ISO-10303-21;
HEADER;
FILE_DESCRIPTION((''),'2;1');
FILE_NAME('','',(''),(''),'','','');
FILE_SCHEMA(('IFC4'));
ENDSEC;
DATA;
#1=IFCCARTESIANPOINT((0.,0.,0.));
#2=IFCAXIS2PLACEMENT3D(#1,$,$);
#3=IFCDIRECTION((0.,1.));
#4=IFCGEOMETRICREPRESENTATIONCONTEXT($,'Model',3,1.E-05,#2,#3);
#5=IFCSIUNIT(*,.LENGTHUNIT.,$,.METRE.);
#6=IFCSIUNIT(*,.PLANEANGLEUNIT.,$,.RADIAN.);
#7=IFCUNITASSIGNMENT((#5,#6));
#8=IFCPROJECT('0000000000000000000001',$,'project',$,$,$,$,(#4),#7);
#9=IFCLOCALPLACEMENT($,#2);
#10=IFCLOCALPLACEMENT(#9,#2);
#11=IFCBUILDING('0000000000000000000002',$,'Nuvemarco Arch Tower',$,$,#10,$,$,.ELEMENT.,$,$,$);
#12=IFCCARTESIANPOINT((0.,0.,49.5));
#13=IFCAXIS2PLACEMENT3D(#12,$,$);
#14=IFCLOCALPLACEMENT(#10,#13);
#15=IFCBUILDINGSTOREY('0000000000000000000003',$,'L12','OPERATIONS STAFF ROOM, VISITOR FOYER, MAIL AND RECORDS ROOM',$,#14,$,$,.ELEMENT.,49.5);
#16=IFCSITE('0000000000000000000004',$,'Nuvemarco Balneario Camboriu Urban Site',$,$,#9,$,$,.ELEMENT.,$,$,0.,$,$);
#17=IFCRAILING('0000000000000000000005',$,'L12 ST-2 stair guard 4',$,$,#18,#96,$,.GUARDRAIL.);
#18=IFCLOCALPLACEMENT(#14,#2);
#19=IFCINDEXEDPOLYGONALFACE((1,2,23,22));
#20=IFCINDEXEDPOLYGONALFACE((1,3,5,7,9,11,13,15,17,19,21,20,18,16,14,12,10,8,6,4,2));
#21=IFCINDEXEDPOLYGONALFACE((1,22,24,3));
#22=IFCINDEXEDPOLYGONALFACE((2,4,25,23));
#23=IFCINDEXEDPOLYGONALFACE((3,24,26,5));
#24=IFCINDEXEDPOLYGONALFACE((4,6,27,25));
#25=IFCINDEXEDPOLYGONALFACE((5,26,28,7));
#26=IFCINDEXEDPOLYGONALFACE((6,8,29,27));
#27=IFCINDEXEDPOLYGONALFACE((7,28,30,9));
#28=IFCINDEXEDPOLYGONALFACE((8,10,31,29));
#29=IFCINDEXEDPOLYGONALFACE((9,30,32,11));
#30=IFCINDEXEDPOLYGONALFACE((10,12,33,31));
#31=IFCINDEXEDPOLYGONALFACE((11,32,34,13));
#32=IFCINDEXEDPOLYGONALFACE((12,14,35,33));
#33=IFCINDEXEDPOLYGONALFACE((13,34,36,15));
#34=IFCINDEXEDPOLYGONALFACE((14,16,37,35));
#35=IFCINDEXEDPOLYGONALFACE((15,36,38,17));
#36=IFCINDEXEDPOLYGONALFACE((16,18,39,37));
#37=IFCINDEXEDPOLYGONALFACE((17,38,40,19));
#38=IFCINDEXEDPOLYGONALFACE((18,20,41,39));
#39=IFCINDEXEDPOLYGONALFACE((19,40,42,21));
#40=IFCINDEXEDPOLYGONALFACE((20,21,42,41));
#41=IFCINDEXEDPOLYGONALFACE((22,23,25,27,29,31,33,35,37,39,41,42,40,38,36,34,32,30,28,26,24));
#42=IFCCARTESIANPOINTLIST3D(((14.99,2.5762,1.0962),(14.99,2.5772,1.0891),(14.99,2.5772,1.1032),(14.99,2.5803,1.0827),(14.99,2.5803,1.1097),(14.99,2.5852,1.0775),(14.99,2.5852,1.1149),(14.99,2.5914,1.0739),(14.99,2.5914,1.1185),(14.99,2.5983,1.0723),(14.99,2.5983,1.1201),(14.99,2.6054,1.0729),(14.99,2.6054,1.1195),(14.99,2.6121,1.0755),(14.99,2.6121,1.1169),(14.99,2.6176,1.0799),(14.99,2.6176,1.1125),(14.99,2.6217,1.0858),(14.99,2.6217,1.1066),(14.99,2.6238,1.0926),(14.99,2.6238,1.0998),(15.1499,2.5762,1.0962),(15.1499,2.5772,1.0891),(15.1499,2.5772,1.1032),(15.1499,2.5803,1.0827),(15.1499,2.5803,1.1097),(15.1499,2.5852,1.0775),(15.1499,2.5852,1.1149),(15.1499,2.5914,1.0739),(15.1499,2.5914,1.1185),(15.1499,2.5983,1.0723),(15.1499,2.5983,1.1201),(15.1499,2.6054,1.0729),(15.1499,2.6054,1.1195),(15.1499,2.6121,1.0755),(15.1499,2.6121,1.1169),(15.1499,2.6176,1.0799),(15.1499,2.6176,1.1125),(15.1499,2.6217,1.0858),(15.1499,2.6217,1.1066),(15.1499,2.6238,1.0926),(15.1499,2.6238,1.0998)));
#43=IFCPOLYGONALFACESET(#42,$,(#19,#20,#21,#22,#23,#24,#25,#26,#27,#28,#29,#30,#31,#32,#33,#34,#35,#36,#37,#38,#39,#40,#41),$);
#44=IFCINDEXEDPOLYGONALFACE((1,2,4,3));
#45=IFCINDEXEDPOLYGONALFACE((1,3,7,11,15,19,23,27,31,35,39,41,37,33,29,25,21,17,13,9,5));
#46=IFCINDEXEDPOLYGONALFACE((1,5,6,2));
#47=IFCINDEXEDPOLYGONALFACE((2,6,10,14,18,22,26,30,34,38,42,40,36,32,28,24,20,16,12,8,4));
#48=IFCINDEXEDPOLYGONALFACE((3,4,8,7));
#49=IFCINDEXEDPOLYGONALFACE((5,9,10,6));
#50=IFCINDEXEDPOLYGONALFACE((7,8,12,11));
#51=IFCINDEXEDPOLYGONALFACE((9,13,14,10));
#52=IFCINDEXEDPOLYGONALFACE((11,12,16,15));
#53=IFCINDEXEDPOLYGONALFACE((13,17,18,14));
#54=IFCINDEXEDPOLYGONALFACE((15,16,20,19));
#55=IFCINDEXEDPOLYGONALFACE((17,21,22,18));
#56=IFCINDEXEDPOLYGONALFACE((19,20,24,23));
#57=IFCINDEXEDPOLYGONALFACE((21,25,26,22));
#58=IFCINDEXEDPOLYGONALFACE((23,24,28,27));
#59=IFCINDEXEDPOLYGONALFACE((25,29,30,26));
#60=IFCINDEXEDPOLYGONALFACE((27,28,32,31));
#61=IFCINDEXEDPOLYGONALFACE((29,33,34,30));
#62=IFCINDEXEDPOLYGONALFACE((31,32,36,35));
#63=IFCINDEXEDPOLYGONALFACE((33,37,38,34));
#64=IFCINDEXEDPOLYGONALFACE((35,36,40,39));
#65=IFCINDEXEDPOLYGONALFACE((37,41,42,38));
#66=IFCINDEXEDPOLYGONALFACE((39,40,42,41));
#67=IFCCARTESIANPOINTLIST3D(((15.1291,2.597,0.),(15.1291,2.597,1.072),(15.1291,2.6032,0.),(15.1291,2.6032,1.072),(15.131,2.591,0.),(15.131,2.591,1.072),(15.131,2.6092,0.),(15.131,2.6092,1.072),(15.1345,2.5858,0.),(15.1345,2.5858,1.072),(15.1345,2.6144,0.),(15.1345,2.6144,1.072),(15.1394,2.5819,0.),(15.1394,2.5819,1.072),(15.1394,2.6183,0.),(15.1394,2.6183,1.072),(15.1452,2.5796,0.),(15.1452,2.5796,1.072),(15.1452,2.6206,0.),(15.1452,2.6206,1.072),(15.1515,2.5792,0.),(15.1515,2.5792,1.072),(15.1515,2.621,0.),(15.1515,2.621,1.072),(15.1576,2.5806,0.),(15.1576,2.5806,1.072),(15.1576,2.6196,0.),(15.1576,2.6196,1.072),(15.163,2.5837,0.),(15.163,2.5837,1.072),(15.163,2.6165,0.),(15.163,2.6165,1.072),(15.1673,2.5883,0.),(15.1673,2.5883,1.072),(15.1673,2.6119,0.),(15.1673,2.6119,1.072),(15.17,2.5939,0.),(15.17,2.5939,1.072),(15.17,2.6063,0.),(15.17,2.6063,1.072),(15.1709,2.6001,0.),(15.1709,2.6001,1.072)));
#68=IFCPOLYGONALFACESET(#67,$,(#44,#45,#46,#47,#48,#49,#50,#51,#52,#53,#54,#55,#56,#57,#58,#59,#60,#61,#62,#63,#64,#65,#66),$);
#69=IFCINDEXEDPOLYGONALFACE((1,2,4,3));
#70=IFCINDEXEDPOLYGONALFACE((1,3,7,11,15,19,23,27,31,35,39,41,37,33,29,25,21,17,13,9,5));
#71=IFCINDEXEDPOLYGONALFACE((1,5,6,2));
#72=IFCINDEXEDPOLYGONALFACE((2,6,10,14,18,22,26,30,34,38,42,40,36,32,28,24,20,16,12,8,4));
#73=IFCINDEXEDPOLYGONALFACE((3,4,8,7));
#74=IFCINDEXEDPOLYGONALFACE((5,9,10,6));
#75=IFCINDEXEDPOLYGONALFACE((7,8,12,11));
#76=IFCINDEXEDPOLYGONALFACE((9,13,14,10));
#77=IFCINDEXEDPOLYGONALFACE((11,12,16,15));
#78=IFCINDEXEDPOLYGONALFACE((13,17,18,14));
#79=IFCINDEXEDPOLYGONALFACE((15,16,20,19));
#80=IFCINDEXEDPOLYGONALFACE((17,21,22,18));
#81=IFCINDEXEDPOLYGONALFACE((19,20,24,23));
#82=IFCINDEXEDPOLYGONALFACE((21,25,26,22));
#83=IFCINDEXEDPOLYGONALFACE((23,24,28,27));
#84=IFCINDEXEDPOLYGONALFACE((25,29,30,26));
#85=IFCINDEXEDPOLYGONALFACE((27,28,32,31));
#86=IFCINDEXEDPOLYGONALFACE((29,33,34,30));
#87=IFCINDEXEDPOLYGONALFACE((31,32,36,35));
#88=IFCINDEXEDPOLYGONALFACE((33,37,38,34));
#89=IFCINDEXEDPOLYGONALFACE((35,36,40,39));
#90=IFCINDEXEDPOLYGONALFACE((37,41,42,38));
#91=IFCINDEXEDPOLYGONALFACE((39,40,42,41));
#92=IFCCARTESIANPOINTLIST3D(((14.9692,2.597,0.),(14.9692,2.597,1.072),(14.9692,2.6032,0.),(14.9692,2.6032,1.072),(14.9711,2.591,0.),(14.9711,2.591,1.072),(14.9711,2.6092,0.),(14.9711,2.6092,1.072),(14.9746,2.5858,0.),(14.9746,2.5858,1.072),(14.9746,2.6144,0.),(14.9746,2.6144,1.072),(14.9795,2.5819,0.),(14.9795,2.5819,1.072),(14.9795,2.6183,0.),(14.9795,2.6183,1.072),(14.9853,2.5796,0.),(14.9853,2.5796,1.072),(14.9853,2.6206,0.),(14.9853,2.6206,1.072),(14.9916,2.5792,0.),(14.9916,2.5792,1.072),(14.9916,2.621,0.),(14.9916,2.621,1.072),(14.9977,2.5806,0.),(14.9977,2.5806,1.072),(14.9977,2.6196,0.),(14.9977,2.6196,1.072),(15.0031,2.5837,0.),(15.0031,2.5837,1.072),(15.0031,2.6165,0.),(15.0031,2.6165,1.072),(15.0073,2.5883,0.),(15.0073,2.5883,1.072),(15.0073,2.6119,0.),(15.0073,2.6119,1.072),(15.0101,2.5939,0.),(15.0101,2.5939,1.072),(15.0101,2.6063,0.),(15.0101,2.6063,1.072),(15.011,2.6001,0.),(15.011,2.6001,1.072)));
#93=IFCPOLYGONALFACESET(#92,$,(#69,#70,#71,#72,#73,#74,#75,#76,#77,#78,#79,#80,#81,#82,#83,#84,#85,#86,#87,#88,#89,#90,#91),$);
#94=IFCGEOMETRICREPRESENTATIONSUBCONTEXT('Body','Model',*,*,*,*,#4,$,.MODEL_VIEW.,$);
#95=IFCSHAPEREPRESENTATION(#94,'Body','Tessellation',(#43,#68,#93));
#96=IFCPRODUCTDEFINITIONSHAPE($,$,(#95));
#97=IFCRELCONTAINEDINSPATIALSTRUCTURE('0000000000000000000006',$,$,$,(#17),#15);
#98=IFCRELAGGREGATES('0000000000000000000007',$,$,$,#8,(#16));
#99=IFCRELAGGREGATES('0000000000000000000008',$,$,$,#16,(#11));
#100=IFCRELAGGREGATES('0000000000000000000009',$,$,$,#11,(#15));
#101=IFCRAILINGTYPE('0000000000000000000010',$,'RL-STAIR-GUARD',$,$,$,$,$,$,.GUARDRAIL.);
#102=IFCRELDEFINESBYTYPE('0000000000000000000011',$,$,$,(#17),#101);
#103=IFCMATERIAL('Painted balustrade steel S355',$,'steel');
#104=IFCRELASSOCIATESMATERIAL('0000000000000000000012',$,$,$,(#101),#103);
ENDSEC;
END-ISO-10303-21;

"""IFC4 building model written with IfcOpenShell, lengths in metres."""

from ifc_helpers import new_model, si_unit, direction, frame, origin, origin_2d, place, context, subcontext, project, spatial, circle, extrude, material, type_object, element, save


model = new_model("IFC4")

# Units and contexts
model_context = context("Model", 3, precision=1e-05, world=origin(), true_north=direction((0.0, 1.0)))
body_context = subcontext(model_context, "Body", "Model", "MODEL_VIEW")
ifc_project = project(units=[si_unit("LENGTHUNIT", "METRE"), si_unit("PLANEANGLEUNIT", "RADIAN")], contexts=[model_context])

# Site, building, storey
site_placement = place(None, origin())
site = spatial("IfcSite", under=ifc_project, at=site_placement, Name="Nuvemarco Balneario Camboriu Urban Site", CompositionType="ELEMENT", RefElevation=0.0)
building_placement = place(site_placement, origin())
building = spatial("IfcBuilding", under=site, at=building_placement, Name="Nuvemarco Arch Tower", CompositionType="ELEMENT")
storey_placement = place(building_placement, frame((0.0, 0.0, 49.5)))
storey = spatial("IfcBuildingStorey", under=building, at=storey_placement, Name="L12", Description="OPERATIONS STAFF ROOM, VISITOR FOYER, MAIL AND RECORDS ROOM", CompositionType="ELEMENT", Elevation=49.5)

# Railing
ifc_material_1 = material(Name="Painted balustrade steel S355", Category="steel")
railing_type_1 = type_object("IfcRailingType", Name="RL-STAIR-GUARD", PredefinedType="GUARDRAIL", material=ifc_material_1)
railing_1_placement = place(storey_placement, frame((15.1499, 2.6001, 0.0)))
element("IfcRailing", 1, at=railing_1_placement, inside=storey, type_object=railing_type_1, Name="L12 ST-2 stair guard 4", PredefinedType="GUARDRAIL", context=body_context, shape_type="SweptSolid", body=[
    extrude(circle(Radius=0.0239, at=origin_2d()), frame((0.0, 0.0, 1.0962), z_axis=(-1.0, 0.0, 0.0), x_axis=(0.0, -1.0, 0.0)), (0.0, 0.0, 1.0), 0.1599),
    extrude(circle(Radius=0.021, at=origin_2d()), origin(), (0.0, 0.0, 1.0), 1.072),
    extrude(circle(Radius=0.021, at=origin_2d()), frame((-0.1599, 0.0, 0.0)), (0.0, 0.0, 1.0), 1.072),
])

save(model, "model.ifc")
